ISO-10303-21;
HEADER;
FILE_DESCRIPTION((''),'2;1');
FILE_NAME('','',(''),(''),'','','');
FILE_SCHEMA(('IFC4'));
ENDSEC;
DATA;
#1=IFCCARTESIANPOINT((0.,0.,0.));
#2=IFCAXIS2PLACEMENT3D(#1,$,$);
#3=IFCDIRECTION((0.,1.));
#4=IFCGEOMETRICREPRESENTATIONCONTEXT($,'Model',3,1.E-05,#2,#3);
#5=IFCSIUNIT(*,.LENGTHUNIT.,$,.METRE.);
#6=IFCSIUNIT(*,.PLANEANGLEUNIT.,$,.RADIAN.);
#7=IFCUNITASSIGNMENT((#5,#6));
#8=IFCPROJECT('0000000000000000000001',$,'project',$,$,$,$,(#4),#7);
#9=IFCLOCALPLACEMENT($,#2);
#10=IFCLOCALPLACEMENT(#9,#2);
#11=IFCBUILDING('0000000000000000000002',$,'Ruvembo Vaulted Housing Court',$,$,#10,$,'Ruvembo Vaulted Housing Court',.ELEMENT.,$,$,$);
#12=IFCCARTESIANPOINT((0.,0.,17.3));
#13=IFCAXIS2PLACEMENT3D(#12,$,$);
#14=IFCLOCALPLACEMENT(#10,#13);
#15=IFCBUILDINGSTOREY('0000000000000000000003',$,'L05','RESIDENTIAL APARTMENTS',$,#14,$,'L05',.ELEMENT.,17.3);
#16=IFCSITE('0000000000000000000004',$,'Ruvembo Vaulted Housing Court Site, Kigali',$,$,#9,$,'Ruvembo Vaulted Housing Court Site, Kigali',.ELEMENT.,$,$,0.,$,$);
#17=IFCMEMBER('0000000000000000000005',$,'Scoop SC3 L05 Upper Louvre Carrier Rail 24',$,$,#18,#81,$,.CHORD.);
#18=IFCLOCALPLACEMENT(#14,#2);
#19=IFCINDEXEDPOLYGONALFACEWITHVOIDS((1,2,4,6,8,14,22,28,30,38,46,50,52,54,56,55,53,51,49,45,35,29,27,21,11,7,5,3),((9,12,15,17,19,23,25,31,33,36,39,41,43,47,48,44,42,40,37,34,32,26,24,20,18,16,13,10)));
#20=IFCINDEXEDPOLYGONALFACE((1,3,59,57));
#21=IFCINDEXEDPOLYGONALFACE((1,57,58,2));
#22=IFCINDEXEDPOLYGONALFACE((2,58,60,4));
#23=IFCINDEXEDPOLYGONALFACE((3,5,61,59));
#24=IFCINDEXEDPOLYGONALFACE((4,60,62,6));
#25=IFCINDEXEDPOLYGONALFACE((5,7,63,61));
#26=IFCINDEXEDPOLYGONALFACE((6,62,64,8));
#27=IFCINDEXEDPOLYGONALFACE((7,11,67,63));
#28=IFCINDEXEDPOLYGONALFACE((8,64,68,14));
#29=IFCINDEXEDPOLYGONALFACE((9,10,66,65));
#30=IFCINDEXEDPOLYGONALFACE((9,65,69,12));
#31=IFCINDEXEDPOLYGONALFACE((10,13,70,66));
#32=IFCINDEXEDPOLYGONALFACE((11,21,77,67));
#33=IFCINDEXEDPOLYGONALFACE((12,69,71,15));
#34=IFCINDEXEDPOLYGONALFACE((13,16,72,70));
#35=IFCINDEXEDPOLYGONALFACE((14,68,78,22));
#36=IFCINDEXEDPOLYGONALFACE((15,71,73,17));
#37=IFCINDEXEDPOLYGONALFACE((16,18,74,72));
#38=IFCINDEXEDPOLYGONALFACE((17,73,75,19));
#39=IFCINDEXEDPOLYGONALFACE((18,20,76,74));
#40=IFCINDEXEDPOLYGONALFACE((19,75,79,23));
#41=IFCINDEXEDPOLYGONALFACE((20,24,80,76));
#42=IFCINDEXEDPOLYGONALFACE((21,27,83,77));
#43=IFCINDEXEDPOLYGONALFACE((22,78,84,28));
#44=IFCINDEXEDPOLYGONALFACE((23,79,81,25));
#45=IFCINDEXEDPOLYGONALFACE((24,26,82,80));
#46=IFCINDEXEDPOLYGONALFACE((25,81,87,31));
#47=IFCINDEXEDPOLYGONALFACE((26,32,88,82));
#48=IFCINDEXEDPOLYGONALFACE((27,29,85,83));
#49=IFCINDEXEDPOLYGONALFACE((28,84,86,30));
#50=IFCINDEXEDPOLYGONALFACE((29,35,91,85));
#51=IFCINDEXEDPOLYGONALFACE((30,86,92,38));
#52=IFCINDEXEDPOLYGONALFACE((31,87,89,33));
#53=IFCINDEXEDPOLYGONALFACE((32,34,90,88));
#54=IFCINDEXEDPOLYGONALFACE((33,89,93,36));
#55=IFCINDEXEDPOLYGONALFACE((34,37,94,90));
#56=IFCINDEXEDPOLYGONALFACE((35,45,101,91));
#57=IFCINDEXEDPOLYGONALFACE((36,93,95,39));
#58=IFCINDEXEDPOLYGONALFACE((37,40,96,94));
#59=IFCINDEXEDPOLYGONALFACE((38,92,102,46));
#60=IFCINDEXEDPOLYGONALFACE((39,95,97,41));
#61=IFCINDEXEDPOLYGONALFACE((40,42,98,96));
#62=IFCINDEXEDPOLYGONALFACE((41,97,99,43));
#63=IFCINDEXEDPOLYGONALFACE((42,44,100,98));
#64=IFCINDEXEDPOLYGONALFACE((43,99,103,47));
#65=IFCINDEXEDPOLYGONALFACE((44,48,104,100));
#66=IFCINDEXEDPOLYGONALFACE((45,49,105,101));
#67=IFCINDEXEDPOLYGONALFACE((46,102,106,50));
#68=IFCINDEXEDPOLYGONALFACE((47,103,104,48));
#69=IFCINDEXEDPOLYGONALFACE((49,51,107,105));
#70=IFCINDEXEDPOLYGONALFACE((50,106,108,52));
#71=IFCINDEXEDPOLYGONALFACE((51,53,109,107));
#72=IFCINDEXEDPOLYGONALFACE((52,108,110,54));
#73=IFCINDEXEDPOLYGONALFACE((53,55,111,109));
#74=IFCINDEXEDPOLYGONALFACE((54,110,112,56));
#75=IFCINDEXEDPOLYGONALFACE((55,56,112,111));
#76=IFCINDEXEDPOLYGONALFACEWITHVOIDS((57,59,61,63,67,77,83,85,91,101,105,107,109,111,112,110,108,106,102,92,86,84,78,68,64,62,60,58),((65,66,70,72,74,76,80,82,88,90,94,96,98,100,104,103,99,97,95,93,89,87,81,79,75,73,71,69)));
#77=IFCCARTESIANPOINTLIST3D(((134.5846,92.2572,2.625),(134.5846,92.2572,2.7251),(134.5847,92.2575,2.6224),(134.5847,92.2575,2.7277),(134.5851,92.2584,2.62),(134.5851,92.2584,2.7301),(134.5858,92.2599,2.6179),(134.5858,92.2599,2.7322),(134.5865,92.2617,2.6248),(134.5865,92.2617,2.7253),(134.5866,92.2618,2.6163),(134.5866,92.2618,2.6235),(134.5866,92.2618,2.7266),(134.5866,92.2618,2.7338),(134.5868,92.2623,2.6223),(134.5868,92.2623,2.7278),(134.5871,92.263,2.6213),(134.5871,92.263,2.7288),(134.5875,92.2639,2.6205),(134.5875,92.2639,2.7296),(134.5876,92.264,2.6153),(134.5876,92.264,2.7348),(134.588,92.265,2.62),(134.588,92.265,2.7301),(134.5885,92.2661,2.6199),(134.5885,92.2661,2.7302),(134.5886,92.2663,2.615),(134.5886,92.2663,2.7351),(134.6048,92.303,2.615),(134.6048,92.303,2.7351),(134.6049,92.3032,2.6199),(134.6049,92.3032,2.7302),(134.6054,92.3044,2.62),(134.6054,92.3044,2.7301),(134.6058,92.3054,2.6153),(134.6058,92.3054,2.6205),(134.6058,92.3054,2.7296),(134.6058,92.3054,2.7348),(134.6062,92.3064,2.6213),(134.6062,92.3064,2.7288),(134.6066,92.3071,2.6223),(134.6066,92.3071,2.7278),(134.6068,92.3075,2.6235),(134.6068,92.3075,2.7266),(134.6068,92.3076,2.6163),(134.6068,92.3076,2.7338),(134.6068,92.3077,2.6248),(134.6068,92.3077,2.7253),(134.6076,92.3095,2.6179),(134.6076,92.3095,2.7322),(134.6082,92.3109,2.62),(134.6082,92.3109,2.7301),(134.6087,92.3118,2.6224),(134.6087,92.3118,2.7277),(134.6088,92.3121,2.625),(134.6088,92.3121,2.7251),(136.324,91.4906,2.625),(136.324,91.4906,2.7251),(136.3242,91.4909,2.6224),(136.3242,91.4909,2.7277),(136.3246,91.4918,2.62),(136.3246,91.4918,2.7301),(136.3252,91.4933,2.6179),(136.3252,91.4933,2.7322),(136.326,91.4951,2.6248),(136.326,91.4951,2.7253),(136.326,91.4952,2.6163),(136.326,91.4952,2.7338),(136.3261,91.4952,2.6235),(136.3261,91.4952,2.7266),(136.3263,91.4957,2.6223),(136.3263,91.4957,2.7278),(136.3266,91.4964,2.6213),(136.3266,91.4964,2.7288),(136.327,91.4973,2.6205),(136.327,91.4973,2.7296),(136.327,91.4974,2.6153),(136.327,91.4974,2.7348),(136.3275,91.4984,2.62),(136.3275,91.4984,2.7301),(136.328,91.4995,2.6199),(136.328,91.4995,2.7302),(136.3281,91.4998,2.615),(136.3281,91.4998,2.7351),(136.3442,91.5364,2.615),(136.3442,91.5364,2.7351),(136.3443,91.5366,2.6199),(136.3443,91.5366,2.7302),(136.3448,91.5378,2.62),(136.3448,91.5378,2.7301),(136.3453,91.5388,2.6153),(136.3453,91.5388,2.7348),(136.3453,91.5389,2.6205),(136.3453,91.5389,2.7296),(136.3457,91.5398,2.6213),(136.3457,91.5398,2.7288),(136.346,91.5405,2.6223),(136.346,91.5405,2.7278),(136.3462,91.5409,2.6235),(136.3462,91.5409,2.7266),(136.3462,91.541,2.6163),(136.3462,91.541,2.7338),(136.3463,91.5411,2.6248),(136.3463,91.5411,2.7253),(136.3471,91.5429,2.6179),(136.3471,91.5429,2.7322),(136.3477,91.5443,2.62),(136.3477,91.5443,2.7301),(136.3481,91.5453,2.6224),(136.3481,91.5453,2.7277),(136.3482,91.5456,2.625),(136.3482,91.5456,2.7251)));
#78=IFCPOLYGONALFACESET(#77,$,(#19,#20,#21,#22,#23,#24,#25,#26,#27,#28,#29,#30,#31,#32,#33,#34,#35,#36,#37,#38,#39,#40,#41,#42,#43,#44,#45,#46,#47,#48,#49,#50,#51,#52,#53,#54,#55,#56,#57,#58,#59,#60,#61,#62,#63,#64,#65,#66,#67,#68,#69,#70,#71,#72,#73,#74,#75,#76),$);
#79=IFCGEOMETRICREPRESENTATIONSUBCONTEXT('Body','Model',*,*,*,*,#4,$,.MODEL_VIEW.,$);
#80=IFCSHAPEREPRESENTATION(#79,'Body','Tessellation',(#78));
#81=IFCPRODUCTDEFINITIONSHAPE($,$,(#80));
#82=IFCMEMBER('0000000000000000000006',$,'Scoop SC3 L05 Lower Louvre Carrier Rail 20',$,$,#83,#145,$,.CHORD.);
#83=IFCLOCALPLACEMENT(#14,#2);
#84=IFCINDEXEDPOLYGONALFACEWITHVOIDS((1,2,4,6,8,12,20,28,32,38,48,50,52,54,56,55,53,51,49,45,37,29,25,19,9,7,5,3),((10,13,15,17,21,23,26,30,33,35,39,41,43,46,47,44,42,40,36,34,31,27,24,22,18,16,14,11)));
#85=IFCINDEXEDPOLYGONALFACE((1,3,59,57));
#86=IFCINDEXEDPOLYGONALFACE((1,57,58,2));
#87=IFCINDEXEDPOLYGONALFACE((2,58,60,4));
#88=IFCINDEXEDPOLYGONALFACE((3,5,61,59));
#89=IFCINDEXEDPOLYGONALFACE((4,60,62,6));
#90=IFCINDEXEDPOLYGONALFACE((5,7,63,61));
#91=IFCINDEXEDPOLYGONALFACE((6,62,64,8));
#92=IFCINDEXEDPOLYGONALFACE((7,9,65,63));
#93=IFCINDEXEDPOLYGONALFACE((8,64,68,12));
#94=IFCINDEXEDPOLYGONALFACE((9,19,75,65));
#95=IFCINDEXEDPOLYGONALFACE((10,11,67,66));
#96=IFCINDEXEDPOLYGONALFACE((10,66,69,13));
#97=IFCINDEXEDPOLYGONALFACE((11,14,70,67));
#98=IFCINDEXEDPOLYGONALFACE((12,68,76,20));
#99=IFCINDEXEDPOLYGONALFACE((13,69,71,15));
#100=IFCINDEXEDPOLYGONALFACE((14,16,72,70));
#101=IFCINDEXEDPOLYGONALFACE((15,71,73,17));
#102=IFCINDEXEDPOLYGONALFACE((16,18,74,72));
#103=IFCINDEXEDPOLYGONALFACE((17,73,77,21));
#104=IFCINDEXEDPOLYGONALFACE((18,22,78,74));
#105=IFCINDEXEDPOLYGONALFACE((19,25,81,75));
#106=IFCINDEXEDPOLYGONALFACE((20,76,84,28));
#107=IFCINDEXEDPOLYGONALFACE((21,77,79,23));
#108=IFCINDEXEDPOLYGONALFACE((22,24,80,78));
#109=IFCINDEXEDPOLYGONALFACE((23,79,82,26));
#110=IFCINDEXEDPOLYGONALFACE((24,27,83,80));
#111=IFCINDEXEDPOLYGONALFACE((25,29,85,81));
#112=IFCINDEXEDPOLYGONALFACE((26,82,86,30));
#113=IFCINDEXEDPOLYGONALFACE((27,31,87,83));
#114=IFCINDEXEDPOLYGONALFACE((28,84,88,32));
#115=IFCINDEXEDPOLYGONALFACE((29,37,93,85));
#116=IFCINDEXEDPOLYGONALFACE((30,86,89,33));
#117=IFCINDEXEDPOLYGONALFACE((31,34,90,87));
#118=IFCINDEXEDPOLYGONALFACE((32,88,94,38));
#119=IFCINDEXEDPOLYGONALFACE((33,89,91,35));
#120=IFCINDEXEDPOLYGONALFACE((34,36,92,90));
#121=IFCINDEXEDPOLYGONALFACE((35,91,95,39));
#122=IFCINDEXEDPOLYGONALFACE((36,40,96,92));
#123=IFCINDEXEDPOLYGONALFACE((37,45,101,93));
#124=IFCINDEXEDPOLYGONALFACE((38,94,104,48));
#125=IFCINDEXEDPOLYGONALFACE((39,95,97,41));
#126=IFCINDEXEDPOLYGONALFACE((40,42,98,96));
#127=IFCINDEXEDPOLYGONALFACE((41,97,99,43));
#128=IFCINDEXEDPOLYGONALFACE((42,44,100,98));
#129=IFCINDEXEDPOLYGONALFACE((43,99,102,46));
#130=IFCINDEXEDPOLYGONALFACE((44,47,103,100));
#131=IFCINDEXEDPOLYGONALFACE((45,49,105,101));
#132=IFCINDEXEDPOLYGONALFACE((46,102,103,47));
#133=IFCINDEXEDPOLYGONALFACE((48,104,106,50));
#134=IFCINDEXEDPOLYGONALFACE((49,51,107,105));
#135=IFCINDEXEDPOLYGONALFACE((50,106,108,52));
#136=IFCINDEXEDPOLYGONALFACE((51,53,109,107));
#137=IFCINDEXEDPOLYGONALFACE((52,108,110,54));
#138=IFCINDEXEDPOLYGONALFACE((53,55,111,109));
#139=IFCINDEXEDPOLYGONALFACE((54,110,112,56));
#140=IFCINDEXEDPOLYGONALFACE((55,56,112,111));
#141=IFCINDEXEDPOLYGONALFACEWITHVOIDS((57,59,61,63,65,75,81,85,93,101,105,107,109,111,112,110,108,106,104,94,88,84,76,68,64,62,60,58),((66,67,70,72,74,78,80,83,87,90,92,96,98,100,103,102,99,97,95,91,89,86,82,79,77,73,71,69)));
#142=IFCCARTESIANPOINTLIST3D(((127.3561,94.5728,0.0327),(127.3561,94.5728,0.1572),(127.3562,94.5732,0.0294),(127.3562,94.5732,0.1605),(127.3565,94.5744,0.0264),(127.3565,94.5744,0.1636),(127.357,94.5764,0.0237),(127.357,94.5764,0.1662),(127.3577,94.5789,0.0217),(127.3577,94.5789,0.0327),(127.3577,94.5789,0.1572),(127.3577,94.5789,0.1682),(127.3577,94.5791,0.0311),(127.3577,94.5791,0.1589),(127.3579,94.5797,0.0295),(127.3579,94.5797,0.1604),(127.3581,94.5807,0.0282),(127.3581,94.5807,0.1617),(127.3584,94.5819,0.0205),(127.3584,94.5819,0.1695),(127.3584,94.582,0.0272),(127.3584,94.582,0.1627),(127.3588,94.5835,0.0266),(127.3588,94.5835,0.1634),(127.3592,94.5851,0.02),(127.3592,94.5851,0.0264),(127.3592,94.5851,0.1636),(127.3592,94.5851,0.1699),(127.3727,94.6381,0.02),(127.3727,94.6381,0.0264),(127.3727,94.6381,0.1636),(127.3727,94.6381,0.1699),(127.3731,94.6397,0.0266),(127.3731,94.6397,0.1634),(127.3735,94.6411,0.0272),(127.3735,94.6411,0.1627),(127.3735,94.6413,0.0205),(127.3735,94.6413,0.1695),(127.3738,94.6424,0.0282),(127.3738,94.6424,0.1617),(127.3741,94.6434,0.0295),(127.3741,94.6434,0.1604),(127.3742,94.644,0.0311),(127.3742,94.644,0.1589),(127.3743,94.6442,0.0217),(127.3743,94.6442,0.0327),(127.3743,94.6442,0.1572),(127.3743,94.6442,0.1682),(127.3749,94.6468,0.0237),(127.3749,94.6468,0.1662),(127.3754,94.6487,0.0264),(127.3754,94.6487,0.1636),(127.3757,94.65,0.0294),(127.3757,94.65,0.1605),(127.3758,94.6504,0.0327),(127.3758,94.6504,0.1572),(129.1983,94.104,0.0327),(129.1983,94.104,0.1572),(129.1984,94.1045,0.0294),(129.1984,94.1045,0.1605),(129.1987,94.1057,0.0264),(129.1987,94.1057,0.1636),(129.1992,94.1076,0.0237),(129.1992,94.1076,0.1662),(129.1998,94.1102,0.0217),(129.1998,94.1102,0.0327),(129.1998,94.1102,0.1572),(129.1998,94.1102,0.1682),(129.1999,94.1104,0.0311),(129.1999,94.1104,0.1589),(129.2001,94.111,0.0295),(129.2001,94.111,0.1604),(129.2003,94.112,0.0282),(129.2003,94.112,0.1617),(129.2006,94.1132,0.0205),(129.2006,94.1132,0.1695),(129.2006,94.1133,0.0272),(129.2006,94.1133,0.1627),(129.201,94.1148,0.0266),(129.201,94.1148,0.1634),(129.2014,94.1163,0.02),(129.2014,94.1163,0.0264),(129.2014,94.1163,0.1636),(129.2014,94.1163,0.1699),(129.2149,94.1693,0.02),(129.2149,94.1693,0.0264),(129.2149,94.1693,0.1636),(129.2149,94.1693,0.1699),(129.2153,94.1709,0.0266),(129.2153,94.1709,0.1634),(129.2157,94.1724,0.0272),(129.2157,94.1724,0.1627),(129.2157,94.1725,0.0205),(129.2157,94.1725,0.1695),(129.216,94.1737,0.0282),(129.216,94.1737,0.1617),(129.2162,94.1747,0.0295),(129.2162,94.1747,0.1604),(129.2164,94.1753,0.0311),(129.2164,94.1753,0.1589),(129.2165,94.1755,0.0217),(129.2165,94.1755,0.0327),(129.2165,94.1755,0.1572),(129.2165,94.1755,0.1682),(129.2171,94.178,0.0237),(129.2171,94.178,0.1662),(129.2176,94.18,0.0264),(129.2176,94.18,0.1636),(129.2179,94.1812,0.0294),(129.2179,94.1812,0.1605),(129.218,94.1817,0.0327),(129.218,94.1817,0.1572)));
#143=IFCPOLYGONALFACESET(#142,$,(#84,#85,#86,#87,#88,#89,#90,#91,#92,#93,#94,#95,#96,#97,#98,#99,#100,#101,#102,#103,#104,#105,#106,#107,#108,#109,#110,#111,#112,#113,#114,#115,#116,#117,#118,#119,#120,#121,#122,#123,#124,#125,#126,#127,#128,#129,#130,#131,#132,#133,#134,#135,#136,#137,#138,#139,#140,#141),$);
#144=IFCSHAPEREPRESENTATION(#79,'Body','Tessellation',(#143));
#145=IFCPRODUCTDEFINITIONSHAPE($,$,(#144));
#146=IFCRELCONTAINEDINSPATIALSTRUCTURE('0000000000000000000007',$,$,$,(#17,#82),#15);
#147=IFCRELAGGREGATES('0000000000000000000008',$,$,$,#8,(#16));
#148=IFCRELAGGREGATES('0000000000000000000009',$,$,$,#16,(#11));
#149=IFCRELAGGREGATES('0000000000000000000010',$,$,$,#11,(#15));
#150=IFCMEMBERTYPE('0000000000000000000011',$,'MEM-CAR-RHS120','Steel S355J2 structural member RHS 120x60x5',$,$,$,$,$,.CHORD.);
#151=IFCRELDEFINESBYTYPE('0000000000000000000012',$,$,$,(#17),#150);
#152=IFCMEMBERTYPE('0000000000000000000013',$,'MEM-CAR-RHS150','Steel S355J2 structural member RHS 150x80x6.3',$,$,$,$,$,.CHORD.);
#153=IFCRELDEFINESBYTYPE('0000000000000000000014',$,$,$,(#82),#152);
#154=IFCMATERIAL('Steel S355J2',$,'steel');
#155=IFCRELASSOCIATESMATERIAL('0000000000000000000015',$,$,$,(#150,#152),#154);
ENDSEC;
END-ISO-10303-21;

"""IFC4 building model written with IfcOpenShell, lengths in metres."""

from ifc_helpers import new_model, si_unit, direction, frame, origin, origin_2d, place, context, subcontext, project, spatial, hollow_rectangle, extrude, material, material_profile, profile_set, type_object, element, save


model = new_model("IFC4")

# Units and contexts
model_context = context("Model", 3, precision=1e-05, world=origin(), true_north=direction((0.0, 1.0)))
body_context = subcontext(model_context, "Body", "Model", "MODEL_VIEW")
ifc_project = project(units=[si_unit("LENGTHUNIT", "METRE"), si_unit("PLANEANGLEUNIT", "RADIAN")], contexts=[model_context])

# Site, building, storey
site_placement = place(None, origin())
site = spatial("IfcSite", under=ifc_project, at=site_placement, Name="Ruvembo Vaulted Housing Court Site, Kigali", LongName="Ruvembo Vaulted Housing Court Site, Kigali", CompositionType="ELEMENT", RefElevation=0.0)
building_placement = place(site_placement, origin())
building = spatial("IfcBuilding", under=site, at=building_placement, Name="Ruvembo Vaulted Housing Court", LongName="Ruvembo Vaulted Housing Court", CompositionType="ELEMENT")
storey_placement = place(building_placement, frame((0.0, 0.0, 17.3)))
storey = spatial("IfcBuildingStorey", under=building, at=storey_placement, Name="L05", Description="RESIDENTIAL APARTMENTS", LongName="L05", CompositionType="ELEMENT", Elevation=17.3)

# Shared definitions
ifc_material_1 = material(Name="Steel S355J2", Category="steel")

# Members
ifc_material_profile_1 = material_profile(ifc_material_1, hollow_rectangle(XDim=0.0601, YDim=0.1201, WallThickness=0.0049, InnerFilletRadius=0.0049, OuterFilletRadius=0.01, at=origin_2d()), Name="RHS 120x60x5")
ifc_profile_set_1 = profile_set([ifc_material_profile_1], Name="Steel S355J2")
member_type_1 = type_object("IfcMemberType", Name="MEM-CAR-RHS120", Description="Steel S355J2 structural member RHS 120x60x5", PredefinedType="CHORD", material=ifc_profile_set_1)
for number, where, z_axis, x_axis, name in (
    (1, (134.5967, 92.2847, 2.675), (0.915078, -0.403277, 0.0), (0.403277, 0.915078, 0.0), "Scoop SC3 L05 Upper Louvre Carrier Rail 24"),
):
    element("IfcMember", number, at=place(storey_placement, frame(where, z_axis=z_axis, x_axis=x_axis)), inside=storey, type_object=member_type_1, Name=name, PredefinedType="CHORD", context=body_context, shape_type="SweptSolid", body=[
        extrude(hollow_rectangle(XDim=0.0601, YDim=0.1201, WallThickness=0.0049, InnerFilletRadius=0.0049, OuterFilletRadius=0.01, at=origin_2d()), origin(), (0.0, 0.0, 1.0), 1.9009),
    ])
ifc_material_profile_2 = material_profile(ifc_material_1, hollow_rectangle(XDim=0.0801, YDim=0.1499, WallThickness=0.0063, InnerFilletRadius=0.0063, OuterFilletRadius=0.0127, at=origin_2d()), Name="RHS 150x80x6.3")
ifc_profile_set_2 = profile_set([ifc_material_profile_2], Name="Steel S355J2")
member_type_2 = type_object("IfcMemberType", Name="MEM-CAR-RHS150", Description="Steel S355J2 structural member RHS 150x80x6.3", PredefinedType="CHORD", material=ifc_profile_set_2)
for number, where, z_axis, x_axis, name in (
    (2, (127.366, 94.6116, 0.095), (0.969122, -0.246583, 0.0), (0.246583, 0.969122, 0.0), "Scoop SC3 L05 Lower Louvre Carrier Rail 20"),
):
    element("IfcMember", number, at=place(storey_placement, frame(where, z_axis=z_axis, x_axis=x_axis)), inside=storey, type_object=member_type_2, Name=name, PredefinedType="CHORD", context=body_context, shape_type="SweptSolid", body=[
        extrude(hollow_rectangle(XDim=0.0801, YDim=0.1499, WallThickness=0.0063, InnerFilletRadius=0.0063, OuterFilletRadius=0.0127, at=origin_2d()), origin(), (0.0, 0.0, 1.0), 1.9009),
    ])

save(model, "model.ifc")
